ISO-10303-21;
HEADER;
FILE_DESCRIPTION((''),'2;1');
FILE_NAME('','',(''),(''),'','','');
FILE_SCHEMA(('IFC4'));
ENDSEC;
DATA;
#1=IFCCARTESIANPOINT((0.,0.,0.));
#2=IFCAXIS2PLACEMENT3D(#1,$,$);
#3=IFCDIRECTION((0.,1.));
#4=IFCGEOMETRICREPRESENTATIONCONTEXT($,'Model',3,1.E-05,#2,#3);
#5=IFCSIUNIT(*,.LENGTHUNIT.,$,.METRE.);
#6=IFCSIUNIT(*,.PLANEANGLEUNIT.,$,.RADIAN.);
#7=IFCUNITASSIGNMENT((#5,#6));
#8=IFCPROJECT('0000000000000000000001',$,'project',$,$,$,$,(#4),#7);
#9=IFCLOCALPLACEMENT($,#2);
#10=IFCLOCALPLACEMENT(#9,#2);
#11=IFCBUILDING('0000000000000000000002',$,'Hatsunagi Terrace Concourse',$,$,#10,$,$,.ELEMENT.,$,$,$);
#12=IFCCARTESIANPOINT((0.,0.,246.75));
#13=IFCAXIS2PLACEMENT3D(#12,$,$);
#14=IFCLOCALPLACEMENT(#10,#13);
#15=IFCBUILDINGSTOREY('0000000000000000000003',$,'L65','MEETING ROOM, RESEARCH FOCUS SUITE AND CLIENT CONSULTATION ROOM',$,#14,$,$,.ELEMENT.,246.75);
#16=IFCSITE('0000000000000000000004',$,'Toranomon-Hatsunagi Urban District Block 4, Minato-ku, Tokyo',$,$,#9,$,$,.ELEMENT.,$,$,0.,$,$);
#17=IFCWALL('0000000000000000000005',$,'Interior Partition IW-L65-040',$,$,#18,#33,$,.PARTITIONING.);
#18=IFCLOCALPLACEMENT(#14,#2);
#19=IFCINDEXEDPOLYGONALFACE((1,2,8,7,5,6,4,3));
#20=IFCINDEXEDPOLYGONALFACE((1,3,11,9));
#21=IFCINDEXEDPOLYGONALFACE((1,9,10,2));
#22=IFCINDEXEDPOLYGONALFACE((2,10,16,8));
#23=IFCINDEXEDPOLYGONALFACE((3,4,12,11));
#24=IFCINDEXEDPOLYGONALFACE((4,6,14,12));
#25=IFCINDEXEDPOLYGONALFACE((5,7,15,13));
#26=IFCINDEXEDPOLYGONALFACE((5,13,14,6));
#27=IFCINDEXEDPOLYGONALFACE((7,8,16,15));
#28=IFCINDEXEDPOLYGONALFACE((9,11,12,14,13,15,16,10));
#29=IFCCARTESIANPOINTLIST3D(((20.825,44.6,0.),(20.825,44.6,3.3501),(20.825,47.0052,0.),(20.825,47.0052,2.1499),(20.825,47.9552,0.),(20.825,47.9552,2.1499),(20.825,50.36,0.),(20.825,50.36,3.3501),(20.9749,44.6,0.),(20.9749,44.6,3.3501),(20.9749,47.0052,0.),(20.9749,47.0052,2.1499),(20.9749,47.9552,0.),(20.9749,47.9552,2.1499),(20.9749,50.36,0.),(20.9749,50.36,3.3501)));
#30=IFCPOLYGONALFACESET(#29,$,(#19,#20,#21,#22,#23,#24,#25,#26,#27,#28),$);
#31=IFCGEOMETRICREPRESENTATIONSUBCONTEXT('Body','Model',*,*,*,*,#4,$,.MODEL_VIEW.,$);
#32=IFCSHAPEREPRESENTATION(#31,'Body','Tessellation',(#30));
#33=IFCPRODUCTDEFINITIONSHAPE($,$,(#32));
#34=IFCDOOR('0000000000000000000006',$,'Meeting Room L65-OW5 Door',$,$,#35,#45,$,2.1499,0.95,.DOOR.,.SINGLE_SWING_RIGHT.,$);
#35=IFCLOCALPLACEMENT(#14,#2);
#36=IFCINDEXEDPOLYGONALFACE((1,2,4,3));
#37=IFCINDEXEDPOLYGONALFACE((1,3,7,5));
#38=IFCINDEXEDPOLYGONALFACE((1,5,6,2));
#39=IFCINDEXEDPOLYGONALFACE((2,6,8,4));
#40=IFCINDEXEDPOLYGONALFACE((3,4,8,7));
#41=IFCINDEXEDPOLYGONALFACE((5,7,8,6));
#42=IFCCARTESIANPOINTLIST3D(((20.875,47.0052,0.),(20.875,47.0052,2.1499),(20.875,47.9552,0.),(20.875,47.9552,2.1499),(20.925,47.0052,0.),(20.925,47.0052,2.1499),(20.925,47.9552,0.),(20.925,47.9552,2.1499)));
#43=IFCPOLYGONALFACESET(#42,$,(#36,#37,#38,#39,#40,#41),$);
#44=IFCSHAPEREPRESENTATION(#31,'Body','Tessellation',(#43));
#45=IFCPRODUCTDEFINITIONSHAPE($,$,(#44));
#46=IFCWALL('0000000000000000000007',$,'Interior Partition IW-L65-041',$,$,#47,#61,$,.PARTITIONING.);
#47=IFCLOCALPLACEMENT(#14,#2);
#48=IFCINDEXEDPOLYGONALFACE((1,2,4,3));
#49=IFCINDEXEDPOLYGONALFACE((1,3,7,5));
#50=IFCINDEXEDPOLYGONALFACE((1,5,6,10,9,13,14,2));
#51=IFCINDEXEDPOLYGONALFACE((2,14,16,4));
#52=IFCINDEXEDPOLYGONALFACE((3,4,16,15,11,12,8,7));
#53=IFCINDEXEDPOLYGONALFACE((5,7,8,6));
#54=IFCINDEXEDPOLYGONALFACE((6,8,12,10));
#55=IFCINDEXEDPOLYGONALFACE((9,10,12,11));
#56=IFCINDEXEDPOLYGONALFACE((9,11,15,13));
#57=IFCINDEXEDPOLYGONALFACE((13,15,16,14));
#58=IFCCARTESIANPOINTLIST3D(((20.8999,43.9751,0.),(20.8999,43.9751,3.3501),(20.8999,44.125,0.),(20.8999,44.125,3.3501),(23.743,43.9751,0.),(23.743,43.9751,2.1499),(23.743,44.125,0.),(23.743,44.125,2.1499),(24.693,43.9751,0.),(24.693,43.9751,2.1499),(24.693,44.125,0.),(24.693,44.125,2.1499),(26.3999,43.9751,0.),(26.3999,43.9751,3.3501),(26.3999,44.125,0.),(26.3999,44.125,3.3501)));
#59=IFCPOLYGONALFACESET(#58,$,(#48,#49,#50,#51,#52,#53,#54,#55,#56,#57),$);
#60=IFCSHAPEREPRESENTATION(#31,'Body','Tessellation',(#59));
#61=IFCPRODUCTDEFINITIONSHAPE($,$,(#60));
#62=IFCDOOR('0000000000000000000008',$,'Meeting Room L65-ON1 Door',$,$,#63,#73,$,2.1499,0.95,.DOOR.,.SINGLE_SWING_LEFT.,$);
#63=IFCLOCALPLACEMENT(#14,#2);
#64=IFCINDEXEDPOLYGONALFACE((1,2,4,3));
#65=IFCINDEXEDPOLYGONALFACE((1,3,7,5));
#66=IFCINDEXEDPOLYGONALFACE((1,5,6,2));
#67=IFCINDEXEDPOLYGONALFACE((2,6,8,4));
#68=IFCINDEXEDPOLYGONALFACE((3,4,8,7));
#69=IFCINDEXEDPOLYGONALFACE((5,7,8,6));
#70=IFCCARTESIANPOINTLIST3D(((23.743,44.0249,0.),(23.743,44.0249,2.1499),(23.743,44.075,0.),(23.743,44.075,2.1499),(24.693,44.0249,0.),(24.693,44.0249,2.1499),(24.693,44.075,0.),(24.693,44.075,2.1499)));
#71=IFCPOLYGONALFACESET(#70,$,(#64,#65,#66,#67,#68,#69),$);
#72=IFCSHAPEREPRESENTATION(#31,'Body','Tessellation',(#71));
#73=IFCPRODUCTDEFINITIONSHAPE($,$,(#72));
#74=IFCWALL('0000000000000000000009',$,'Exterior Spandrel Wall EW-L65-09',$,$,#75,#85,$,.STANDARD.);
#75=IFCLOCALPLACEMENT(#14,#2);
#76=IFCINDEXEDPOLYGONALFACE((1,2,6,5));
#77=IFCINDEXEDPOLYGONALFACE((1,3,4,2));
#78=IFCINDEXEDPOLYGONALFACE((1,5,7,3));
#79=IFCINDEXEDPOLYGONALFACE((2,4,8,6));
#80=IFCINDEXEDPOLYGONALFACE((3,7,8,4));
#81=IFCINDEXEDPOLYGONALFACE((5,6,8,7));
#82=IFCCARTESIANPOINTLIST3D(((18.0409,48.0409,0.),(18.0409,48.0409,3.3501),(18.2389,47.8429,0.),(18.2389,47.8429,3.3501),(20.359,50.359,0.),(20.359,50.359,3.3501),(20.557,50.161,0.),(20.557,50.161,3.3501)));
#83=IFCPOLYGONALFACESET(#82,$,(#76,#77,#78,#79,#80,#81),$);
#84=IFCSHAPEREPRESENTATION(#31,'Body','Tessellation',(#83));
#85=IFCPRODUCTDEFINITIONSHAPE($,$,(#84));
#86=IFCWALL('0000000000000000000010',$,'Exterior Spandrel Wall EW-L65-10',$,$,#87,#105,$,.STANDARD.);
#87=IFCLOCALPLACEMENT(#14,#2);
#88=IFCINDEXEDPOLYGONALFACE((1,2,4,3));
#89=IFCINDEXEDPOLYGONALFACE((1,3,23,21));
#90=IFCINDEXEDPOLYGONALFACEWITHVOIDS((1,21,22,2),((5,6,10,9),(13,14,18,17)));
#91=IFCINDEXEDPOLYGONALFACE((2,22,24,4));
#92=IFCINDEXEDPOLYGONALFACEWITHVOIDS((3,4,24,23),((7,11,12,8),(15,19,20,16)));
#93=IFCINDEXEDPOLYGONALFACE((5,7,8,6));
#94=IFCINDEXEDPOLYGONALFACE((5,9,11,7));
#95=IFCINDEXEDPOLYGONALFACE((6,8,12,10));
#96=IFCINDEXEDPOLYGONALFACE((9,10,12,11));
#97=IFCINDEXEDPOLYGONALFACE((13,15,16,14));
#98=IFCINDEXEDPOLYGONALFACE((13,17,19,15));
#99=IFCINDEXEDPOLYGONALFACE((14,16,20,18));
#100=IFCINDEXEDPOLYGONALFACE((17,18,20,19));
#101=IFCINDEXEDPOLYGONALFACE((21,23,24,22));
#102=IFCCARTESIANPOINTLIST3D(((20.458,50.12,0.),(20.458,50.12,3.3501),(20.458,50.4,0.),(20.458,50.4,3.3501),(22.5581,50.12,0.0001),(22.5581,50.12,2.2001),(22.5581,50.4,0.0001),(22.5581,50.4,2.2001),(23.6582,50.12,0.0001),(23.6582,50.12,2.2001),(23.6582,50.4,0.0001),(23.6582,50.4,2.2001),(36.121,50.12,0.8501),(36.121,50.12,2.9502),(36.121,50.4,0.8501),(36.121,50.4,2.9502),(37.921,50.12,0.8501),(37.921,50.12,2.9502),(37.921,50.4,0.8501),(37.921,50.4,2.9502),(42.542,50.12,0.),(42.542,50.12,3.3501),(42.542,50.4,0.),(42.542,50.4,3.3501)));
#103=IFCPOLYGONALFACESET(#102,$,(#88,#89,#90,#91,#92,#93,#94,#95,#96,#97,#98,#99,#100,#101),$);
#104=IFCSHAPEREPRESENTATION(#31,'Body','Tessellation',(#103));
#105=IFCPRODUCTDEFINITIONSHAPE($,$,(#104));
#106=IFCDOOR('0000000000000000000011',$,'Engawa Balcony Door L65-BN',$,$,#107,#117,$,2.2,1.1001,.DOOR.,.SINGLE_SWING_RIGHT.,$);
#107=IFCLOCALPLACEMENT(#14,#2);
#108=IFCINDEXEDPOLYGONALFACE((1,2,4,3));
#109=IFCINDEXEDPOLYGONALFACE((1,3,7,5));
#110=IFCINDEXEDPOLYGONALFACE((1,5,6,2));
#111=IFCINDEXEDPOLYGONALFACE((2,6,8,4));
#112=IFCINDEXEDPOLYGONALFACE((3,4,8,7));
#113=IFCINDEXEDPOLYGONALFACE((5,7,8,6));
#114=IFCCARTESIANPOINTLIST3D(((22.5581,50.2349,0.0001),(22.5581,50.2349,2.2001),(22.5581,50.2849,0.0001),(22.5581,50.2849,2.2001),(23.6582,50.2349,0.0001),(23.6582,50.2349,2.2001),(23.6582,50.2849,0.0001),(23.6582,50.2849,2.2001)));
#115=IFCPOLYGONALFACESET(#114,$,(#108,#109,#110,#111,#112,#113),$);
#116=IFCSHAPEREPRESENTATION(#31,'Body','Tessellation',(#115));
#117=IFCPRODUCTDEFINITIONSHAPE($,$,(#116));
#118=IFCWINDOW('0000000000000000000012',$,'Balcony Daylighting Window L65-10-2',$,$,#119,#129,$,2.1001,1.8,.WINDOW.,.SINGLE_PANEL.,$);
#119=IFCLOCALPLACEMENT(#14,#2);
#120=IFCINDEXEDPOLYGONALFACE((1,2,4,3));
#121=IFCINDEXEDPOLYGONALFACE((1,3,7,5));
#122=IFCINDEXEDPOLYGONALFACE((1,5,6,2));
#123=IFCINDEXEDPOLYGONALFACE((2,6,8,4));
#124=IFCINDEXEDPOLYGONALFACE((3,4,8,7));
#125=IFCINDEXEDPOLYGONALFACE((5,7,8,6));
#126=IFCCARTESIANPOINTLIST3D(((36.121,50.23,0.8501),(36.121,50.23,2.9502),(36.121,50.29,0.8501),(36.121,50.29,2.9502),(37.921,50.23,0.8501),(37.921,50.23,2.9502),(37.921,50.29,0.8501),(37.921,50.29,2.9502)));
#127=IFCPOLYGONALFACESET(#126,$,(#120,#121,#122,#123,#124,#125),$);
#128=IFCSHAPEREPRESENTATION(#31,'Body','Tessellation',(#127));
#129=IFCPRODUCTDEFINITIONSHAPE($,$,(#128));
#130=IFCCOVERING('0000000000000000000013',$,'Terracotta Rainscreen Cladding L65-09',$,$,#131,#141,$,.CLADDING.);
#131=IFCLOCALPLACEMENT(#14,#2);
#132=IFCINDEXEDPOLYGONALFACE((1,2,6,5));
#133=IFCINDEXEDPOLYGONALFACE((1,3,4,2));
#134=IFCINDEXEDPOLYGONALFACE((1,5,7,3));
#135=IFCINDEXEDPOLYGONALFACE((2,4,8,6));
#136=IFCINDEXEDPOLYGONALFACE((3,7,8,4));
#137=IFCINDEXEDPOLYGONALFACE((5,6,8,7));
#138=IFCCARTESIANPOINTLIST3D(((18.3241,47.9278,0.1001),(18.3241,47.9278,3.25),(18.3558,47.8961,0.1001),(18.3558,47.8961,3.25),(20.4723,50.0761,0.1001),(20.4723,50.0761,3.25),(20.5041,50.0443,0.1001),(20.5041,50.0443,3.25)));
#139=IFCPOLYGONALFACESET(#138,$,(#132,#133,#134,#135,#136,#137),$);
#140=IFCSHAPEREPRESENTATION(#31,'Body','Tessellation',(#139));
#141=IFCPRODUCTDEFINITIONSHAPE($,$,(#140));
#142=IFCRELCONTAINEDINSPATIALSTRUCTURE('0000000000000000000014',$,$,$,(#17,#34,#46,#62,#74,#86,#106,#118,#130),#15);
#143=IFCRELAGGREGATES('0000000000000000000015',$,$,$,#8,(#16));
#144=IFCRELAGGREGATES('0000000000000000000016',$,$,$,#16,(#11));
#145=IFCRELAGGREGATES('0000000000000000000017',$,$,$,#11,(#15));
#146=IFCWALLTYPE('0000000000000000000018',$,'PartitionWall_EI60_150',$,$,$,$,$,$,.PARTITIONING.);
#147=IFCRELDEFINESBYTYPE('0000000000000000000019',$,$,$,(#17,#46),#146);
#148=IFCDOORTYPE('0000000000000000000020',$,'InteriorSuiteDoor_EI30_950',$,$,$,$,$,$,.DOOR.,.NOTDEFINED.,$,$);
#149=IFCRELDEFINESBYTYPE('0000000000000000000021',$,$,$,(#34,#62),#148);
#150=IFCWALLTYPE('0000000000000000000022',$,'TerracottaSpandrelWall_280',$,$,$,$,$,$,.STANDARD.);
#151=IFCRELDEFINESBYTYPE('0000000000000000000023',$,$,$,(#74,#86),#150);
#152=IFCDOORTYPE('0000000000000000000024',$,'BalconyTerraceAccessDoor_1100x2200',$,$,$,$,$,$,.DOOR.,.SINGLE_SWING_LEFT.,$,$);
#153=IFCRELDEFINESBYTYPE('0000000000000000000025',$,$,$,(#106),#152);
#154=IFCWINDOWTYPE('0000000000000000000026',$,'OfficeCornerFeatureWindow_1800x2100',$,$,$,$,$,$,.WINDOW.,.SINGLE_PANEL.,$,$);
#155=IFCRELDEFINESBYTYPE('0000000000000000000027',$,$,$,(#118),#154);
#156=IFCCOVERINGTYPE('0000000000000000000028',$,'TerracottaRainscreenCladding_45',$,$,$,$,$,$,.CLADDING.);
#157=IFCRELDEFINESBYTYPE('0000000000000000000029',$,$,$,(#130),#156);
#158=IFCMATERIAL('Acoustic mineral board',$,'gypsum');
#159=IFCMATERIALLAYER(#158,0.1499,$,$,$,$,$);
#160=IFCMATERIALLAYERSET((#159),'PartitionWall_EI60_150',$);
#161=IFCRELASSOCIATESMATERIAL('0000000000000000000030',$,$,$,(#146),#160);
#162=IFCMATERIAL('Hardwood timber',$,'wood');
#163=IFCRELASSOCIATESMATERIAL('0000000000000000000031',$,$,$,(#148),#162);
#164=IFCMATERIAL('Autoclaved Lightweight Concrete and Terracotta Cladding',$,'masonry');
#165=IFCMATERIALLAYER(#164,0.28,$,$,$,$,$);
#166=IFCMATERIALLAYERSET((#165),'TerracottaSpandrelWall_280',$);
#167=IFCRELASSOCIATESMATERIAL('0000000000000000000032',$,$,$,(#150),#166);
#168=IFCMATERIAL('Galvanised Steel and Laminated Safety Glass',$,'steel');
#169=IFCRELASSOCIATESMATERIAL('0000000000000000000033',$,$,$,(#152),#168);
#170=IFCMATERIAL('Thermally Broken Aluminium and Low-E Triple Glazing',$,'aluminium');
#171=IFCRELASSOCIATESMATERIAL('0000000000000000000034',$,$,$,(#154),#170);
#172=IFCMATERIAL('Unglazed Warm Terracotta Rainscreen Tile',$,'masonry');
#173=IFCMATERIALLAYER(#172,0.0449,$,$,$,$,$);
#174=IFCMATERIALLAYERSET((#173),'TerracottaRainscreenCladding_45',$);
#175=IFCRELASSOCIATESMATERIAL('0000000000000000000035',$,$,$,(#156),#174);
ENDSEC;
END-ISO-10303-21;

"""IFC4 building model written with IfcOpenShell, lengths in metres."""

from ifc_helpers import new_model, si_unit, direction, frame, frame_2d, origin, origin_2d, place, context, subcontext, project, spatial, rectangle, extrude, material, layer, layer_set, type_object, element, fill, save


model = new_model("IFC4")

# Units and contexts
model_context = context("Model", 3, precision=1e-05, world=origin(), true_north=direction((0.0, 1.0)))
body_context = subcontext(model_context, "Body", "Model", "MODEL_VIEW")
ifc_project = project(units=[si_unit("LENGTHUNIT", "METRE"), si_unit("PLANEANGLEUNIT", "RADIAN")], contexts=[model_context])

# Site, building, storey
site_placement = place(None, origin())
site = spatial("IfcSite", under=ifc_project, at=site_placement, Name="Toranomon-Hatsunagi Urban District Block 4, Minato-ku, Tokyo", CompositionType="ELEMENT", RefElevation=0.0)
building_placement = place(site_placement, origin())
building = spatial("IfcBuilding", under=site, at=building_placement, Name="Hatsunagi Terrace Concourse", CompositionType="ELEMENT")
storey_placement = place(building_placement, frame((0.0, 0.0, 246.75)))
storey = spatial("IfcBuildingStorey", under=building, at=storey_placement, Name="L65", Description="MEETING ROOM, RESEARCH FOCUS SUITE AND CLIENT CONSULTATION ROOM", CompositionType="ELEMENT", Elevation=246.75)

# Shared definitions
ifc_material_1 = material(Name="Acoustic mineral board", Category="gypsum")
ifc_layer_1 = layer(ifc_material_1, 0.1499)
ifc_layer_set_1 = layer_set([ifc_layer_1], Name="PartitionWall_EI60_150")
wall_type_1 = type_object("IfcWallType", Name="PartitionWall_EI60_150", PredefinedType="PARTITIONING", material=ifc_layer_set_1)

# Walls, openings, doors
wall_1_placement = place(storey_placement, frame((20.8999, 44.6001, 0.0), z_axis=(0.0, 0.0, 1.0), x_axis=(0.0, 1.0, 0.0)))
wall_1 = element("IfcWall", 1, at=wall_1_placement, inside=storey, type_object=wall_type_1, Name="Interior Partition IW-L65-040", PredefinedType="PARTITIONING", context=body_context, shape_type="SweptSolid", body=[
    extrude(rectangle(XDim=5.76, YDim=0.1499, at=frame_2d((2.8799, 0.0))), origin(), (0.0, 0.0, 1.0), 3.3501),
])
opening_1_placement = place(wall_1_placement, frame((2.405, 0.0, 0.0)))
opening_1 = element("IfcOpeningElement", 2, at=opening_1_placement, cuts=wall_1, PredefinedType="OPENING", context=body_context, shape_type="SweptSolid", body=[
    extrude(rectangle(XDim=0.95, YDim=2.1499, at=frame_2d((0.4751, 1.075))), frame((0.0, 0.085, 0.0), z_axis=(0.0, -1.0, 0.0), x_axis=(1.0, 0.0, 0.0)), (0.0, 0.0, 1.0), 0.1699),
])
ifc_material_2 = material(Name="Hardwood timber", Category="wood")
door_type_1 = type_object("IfcDoorType", Name="InteriorSuiteDoor_EI30_950", OperationType="NOTDEFINED", PredefinedType="DOOR", material=ifc_material_2)
door_1_placement = place(opening_1_placement, origin())
door_1 = element("IfcDoor", 3, at=door_1_placement, inside=storey, type_object=door_type_1, Name="Meeting Room L65-OW5 Door", OperationType="SINGLE_SWING_RIGHT", OverallHeight=2.1499, OverallWidth=0.95, PredefinedType="DOOR", context=body_context, shape_type="SweptSolid", body=[
    extrude(rectangle(XDim=0.95, YDim=2.1499, at=frame_2d((0.4751, 1.075))), frame((0.0, 0.0249, 0.0), z_axis=(0.0, -1.0, 0.0), x_axis=(1.0, 0.0, 0.0)), (0.0, 0.0, 1.0), 0.05),
])
fill(opening_1, door_1)
wall_2_placement = place(storey_placement, frame((20.8999, 44.05, 0.0), z_axis=(0.0, 0.0, 1.0), x_axis=(1.0, 0.0, 0.0)))
wall_2 = element("IfcWall", 4, at=wall_2_placement, inside=storey, type_object=wall_type_1, Name="Interior Partition IW-L65-041", PredefinedType="PARTITIONING", context=body_context, shape_type="SweptSolid", body=[
    extrude(rectangle(XDim=5.5, YDim=0.1499, at=frame_2d((2.75, 0.0))), origin(), (0.0, 0.0, 1.0), 3.3501),
])
opening_2_placement = place(wall_2_placement, frame((2.843, 0.0, 0.0)))
opening_2 = element("IfcOpeningElement", 5, at=opening_2_placement, cuts=wall_2, PredefinedType="OPENING", context=body_context, shape_type="SweptSolid", body=[
    extrude(rectangle(XDim=0.95, YDim=2.1499, at=frame_2d((0.4751, 1.075))), frame((0.0, 0.085, 0.0), z_axis=(0.0, -1.0, 0.0), x_axis=(1.0, 0.0, 0.0)), (0.0, 0.0, 1.0), 0.1699),
])
door_2_placement = place(opening_2_placement, origin())
door_2 = element("IfcDoor", 6, at=door_2_placement, inside=storey, type_object=door_type_1, Name="Meeting Room L65-ON1 Door", OperationType="SINGLE_SWING_LEFT", OverallHeight=2.1499, OverallWidth=0.95, PredefinedType="DOOR", context=body_context, shape_type="SweptSolid", body=[
    extrude(rectangle(XDim=0.95, YDim=2.1499, at=frame_2d((0.4751, 1.075))), frame((0.0, 0.0249, 0.0), z_axis=(0.0, -1.0, 0.0), x_axis=(1.0, 0.0, 0.0)), (0.0, 0.0, 1.0), 0.05),
])
fill(opening_2, door_2)

# Wall
ifc_material_3 = material(Name="Autoclaved Lightweight Concrete and Terracotta Cladding", Category="masonry")
ifc_layer_2 = layer(ifc_material_3, 0.28)
ifc_layer_set_2 = layer_set([ifc_layer_2], Name="TerracottaSpandrelWall_280")
wall_type_2 = type_object("IfcWallType", Name="TerracottaSpandrelWall_280", PredefinedType="STANDARD", material=ifc_layer_set_2)
wall_3_placement = place(storey_placement, frame((18.1399, 47.9419, 0.0), z_axis=(0.0, 0.0, 1.0), x_axis=(0.707107, 0.707107, 0.0)))
element("IfcWall", 7, at=wall_3_placement, inside=storey, type_object=wall_type_2, Name="Exterior Spandrel Wall EW-L65-09", PredefinedType="STANDARD", context=body_context, shape_type="SweptSolid", body=[
    extrude(rectangle(XDim=3.2783, YDim=0.28, at=frame_2d((1.6392, 0.0))), origin(), (0.0, 0.0, 1.0), 3.3501),
])

# Wall, openings, door, window
wall_4_placement = place(storey_placement, frame((20.458, 50.26, 0.0), z_axis=(0.0, 0.0, 1.0), x_axis=(1.0, 0.0, 0.0)))
wall_4 = element("IfcWall", 8, at=wall_4_placement, inside=storey, type_object=wall_type_2, Name="Exterior Spandrel Wall EW-L65-10", PredefinedType="STANDARD", context=body_context, shape_type="SweptSolid", body=[
    extrude(rectangle(XDim=22.084, YDim=0.28, at=frame_2d((11.042, 0.0))), origin(), (0.0, 0.0, 1.0), 3.3501),
])
opening_3_placement = place(wall_4_placement, frame((2.1001, 0.0, 0.0)))
opening_3 = element("IfcOpeningElement", 9, at=opening_3_placement, cuts=wall_4, PredefinedType="OPENING", context=body_context, shape_type="SweptSolid", body=[
    extrude(rectangle(XDim=1.1001, YDim=2.2, at=frame_2d((0.55, 1.1001))), frame((0.0, 0.1499, 0.0), z_axis=(0.0, -1.0, 0.0), x_axis=(1.0, 0.0, 0.0)), (0.0, 0.0, 1.0), 0.3),
])
opening_4_placement = place(wall_4_placement, frame((15.6631, 0.0, 0.8501)))
opening_4 = element("IfcOpeningElement", 10, at=opening_4_placement, cuts=wall_4, PredefinedType="OPENING", context=body_context, shape_type="SweptSolid", body=[
    extrude(rectangle(XDim=1.8, YDim=2.1001, at=frame_2d((0.8999, 1.05))), frame((0.0, 0.1499, 0.0), z_axis=(0.0, -1.0, 0.0), x_axis=(1.0, 0.0, 0.0)), (0.0, 0.0, 1.0), 0.3),
])
ifc_material_4 = material(Name="Galvanised Steel and Laminated Safety Glass", Category="steel")
door_type_2 = type_object("IfcDoorType", Name="BalconyTerraceAccessDoor_1100x2200", OperationType="SINGLE_SWING_LEFT", PredefinedType="DOOR", material=ifc_material_4)
door_3_placement = place(opening_3_placement, origin())
door_3 = element("IfcDoor", 11, at=door_3_placement, inside=storey, type_object=door_type_2, Name="Engawa Balcony Door L65-BN", OperationType="SINGLE_SWING_RIGHT", OverallHeight=2.2, OverallWidth=1.1001, PredefinedType="DOOR", context=body_context, shape_type="SweptSolid", body=[
    extrude(rectangle(XDim=1.1001, YDim=2.2, at=frame_2d((0.55, 1.1001))), frame((0.0, 0.0249, 0.0), z_axis=(0.0, -1.0, 0.0), x_axis=(1.0, 0.0, 0.0)), (0.0, 0.0, 1.0), 0.05),
])
fill(opening_3, door_3)
ifc_material_5 = material(Name="Thermally Broken Aluminium and Low-E Triple Glazing", Category="aluminium")
window_type = type_object("IfcWindowType", Name="OfficeCornerFeatureWindow_1800x2100", PartitioningType="SINGLE_PANEL", PredefinedType="WINDOW", material=ifc_material_5)
window_placement = place(opening_4_placement, origin())
window = element("IfcWindow", 12, at=window_placement, inside=storey, type_object=window_type, Name="Balcony Daylighting Window L65-10-2", OverallHeight=2.1001, OverallWidth=1.8, PartitioningType="SINGLE_PANEL", PredefinedType="WINDOW", context=body_context, shape_type="SweptSolid", body=[
    extrude(rectangle(XDim=1.8, YDim=2.1001, at=frame_2d((0.8999, 1.05))), frame((0.0, 0.03, 0.0), z_axis=(0.0, -1.0, 0.0), x_axis=(1.0, 0.0, 0.0)), (0.0, 0.0, 1.0), 0.0601),
])
fill(opening_4, window)

# Covering
ifc_material_6 = material(Name="Unglazed Warm Terracotta Rainscreen Tile", Category="masonry")
ifc_layer_3 = layer(ifc_material_6, 0.0449)
ifc_layer_set_3 = layer_set([ifc_layer_3], Name="TerracottaRainscreenCladding_45")
covering_type = type_object("IfcCoveringType", Name="TerracottaRainscreenCladding_45", PredefinedType="CLADDING", material=ifc_layer_set_3)
covering_placement = place(storey_placement, frame((19.4141, 48.9861, 0.1001), z_axis=(0.0, 0.0, 1.0), x_axis=(0.707107, 0.707107, 0.0)))
element("IfcCovering", 13, at=covering_placement, inside=storey, type_object=covering_type, Name="Terracotta Rainscreen Cladding L65-09", PredefinedType="CLADDING", context=body_context, shape_type="SweptSolid", body=[
    extrude(rectangle(XDim=3.0381, YDim=0.0449, at=origin_2d()), origin(), (0.0, 0.0, 1.0), 3.1499),
])

save(model, "model.ifc")
